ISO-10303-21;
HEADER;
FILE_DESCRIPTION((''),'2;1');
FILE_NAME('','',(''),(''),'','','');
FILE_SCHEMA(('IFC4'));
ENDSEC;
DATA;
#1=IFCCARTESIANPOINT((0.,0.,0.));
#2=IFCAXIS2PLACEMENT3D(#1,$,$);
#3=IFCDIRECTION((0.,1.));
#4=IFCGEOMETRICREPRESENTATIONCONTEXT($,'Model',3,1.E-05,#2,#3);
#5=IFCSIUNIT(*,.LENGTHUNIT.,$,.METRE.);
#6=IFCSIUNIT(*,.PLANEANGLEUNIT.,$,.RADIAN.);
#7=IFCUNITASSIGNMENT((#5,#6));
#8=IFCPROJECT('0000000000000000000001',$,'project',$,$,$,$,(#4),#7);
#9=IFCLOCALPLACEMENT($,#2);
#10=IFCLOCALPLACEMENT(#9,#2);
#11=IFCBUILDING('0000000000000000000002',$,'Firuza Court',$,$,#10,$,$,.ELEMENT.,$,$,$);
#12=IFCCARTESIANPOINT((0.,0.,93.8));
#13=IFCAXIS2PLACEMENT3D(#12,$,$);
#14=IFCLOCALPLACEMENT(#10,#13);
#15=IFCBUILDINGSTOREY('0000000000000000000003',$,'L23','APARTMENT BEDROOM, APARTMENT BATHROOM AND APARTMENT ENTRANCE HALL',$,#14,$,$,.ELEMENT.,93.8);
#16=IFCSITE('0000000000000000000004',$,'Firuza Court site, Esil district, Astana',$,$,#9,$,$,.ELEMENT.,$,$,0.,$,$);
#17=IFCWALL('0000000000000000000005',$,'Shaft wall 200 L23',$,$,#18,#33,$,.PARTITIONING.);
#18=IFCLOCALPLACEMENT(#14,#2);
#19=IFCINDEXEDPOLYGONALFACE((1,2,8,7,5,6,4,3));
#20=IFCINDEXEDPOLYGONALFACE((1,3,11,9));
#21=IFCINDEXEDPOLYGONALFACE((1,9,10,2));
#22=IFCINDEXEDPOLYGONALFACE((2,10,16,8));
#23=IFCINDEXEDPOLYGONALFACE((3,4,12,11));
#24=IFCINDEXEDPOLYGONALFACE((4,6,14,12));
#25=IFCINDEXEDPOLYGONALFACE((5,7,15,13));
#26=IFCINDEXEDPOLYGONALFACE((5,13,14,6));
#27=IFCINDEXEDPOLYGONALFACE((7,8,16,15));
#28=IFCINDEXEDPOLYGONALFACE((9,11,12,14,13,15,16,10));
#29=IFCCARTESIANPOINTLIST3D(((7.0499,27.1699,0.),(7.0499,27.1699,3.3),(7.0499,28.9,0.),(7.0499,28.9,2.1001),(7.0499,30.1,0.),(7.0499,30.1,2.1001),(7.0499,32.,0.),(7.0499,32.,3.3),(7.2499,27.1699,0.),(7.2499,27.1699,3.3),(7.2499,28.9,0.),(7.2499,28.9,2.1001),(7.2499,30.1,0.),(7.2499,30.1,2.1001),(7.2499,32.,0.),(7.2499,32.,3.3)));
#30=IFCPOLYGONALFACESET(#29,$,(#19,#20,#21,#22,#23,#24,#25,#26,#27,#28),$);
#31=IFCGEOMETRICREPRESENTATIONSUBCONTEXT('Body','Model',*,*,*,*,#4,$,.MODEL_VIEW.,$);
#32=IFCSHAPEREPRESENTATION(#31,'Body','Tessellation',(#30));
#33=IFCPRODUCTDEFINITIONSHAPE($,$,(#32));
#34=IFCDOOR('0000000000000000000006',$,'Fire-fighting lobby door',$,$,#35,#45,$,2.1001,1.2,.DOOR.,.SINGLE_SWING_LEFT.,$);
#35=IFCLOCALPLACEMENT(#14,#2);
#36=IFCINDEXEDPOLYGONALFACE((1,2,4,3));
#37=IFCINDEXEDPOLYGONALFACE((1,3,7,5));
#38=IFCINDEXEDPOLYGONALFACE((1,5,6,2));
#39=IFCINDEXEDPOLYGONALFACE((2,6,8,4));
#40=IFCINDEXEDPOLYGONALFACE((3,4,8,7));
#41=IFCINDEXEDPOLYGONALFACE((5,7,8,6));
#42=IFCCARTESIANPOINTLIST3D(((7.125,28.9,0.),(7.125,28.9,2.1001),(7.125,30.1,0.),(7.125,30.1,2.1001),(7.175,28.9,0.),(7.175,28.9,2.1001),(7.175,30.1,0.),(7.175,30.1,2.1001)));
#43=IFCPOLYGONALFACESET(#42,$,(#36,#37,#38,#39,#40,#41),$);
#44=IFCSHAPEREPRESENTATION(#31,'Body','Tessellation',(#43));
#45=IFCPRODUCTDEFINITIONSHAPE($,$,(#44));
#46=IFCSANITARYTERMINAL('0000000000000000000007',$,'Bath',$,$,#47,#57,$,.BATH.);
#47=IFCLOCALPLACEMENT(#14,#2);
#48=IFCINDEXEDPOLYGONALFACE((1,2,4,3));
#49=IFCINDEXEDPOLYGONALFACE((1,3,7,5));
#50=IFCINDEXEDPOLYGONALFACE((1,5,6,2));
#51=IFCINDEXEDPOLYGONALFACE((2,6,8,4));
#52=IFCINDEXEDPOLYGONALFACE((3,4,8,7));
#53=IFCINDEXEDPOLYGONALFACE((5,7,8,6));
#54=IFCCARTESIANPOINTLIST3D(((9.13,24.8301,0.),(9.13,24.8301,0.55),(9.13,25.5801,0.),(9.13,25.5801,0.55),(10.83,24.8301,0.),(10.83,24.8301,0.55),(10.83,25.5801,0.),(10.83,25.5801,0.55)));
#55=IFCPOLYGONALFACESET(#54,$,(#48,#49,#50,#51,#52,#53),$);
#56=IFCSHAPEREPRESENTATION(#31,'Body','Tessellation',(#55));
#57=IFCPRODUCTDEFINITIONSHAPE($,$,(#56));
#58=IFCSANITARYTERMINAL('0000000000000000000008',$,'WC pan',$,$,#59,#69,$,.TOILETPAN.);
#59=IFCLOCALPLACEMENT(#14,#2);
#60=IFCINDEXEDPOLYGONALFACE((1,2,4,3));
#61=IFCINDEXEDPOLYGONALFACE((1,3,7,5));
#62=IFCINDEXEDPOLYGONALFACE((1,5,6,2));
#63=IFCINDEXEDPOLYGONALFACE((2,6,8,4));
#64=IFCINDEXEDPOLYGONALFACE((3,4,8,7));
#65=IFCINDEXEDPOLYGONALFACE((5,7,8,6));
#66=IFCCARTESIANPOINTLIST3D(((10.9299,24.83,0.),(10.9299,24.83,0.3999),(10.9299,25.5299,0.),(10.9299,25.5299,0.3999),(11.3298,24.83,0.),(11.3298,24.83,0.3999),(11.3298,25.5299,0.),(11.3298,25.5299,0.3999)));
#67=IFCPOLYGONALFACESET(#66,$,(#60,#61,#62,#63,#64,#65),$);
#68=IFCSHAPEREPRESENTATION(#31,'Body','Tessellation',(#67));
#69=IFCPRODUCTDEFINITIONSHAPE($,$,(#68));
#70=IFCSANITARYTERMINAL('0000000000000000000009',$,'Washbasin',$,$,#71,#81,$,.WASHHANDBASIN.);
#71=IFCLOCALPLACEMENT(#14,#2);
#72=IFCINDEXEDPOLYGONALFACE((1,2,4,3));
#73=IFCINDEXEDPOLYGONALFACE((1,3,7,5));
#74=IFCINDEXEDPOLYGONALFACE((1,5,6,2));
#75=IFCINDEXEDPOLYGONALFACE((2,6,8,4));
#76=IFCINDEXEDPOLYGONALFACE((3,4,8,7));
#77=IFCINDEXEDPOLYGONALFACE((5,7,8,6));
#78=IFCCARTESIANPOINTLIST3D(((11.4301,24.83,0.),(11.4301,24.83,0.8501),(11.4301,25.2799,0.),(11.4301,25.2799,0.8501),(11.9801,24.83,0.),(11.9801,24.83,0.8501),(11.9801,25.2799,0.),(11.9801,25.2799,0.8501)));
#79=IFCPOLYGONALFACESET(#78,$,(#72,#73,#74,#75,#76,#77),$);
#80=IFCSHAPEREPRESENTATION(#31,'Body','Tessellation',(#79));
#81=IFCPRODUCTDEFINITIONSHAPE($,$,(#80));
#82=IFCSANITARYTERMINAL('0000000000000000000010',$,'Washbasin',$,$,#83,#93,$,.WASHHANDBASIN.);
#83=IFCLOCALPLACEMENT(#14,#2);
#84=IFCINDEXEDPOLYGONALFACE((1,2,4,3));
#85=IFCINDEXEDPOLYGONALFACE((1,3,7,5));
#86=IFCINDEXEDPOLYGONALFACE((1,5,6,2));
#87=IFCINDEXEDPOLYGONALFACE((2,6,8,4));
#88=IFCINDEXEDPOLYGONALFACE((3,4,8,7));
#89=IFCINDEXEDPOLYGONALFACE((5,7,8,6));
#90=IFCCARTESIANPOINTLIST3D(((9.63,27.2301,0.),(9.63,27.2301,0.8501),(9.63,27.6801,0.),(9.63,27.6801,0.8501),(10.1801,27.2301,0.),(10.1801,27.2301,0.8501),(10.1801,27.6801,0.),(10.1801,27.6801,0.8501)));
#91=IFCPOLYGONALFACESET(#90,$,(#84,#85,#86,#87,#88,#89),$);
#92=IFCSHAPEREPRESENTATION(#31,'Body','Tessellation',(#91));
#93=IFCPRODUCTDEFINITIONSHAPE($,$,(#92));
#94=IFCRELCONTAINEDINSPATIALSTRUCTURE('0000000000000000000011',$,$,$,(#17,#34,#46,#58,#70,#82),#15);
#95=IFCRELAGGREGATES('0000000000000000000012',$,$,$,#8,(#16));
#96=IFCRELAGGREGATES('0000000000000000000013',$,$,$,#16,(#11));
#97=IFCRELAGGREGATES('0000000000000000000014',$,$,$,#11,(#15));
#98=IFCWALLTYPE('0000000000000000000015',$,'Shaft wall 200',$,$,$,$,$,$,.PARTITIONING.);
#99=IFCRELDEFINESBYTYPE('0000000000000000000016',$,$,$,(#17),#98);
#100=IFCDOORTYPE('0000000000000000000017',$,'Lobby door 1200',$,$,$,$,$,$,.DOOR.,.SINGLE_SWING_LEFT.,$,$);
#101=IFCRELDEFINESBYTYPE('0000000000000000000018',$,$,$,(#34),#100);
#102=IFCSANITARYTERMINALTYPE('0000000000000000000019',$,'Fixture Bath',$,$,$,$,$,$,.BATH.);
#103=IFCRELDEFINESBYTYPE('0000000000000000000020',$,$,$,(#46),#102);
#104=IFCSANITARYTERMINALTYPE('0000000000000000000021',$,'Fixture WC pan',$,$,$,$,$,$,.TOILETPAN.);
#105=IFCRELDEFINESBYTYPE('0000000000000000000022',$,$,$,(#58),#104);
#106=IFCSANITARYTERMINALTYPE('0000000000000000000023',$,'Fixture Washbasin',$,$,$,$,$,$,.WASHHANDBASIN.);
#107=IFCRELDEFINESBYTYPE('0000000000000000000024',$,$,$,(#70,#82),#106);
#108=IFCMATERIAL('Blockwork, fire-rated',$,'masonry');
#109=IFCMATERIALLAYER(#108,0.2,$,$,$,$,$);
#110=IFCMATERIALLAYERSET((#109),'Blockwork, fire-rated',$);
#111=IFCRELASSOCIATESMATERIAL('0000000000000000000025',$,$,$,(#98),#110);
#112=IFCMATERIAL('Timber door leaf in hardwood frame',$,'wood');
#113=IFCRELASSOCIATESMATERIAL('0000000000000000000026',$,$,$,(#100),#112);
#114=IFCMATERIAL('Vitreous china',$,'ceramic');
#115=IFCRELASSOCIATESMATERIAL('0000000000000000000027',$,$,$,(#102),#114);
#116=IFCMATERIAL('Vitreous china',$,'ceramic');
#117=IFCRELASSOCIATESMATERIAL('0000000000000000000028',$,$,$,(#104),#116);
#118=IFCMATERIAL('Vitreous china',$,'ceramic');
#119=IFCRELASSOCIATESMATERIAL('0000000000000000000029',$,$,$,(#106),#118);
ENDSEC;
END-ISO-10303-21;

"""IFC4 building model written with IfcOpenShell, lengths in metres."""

from ifc_helpers import new_model, si_unit, direction, frame, frame_2d, origin, origin_2d, place, context, subcontext, project, spatial, rectangle, extrude, material, layer, layer_set, type_object, element, fill, save


model = new_model("IFC4")

# Units and contexts
model_context = context("Model", 3, precision=1e-05, world=origin(), true_north=direction((0.0, 1.0)))
body_context = subcontext(model_context, "Body", "Model", "MODEL_VIEW")
ifc_project = project(units=[si_unit("LENGTHUNIT", "METRE"), si_unit("PLANEANGLEUNIT", "RADIAN")], contexts=[model_context])

# Site, building, storey
site_placement = place(None, origin())
site = spatial("IfcSite", under=ifc_project, at=site_placement, Name="Firuza Court site, Esil district, Astana", CompositionType="ELEMENT", RefElevation=0.0)
building_placement = place(site_placement, origin())
building = spatial("IfcBuilding", under=site, at=building_placement, Name="Firuza Court", CompositionType="ELEMENT")
storey_placement = place(building_placement, frame((0.0, 0.0, 93.8)))
storey = spatial("IfcBuildingStorey", under=building, at=storey_placement, Name="L23", Description="APARTMENT BEDROOM, APARTMENT BATHROOM AND APARTMENT ENTRANCE HALL", CompositionType="ELEMENT", Elevation=93.8)

# Wall, opening, door
ifc_material_1 = material(Name="Blockwork, fire-rated", Category="masonry")
ifc_layer_1 = layer(ifc_material_1, 0.2)
ifc_layer_set_1 = layer_set([ifc_layer_1], Name="Blockwork, fire-rated")
wall_type_1 = type_object("IfcWallType", Name="Shaft wall 200", PredefinedType="PARTITIONING", material=ifc_layer_set_1)
wall_1_placement = place(storey_placement, frame((7.1499, 27.1699, 0.0), z_axis=(0.0, 0.0, 1.0), x_axis=(0.0, 1.0, 0.0)))
wall_1 = element("IfcWall", 1, at=wall_1_placement, inside=storey, type_object=wall_type_1, Name="Shaft wall 200 L23", PredefinedType="PARTITIONING", context=body_context, shape_type="SweptSolid", body=[
    extrude(rectangle(XDim=4.8301, YDim=0.2, at=frame_2d((2.415, 0.0))), origin(), (0.0, 0.0, 1.0), 3.3),
])
opening_1_placement = place(wall_1_placement, frame((1.73, 0.0, 0.0)))
opening_1 = element("IfcOpeningElement", 2, at=opening_1_placement, cuts=wall_1, PredefinedType="OPENING", context=body_context, shape_type="SweptSolid", body=[
    extrude(rectangle(XDim=1.2, YDim=2.1001, at=frame_2d((0.6001, 1.05))), frame((0.0, 0.1118, 0.0), z_axis=(0.0, -1.0, 0.0), x_axis=(1.0, 0.0, 0.0)), (0.0, 0.0, 1.0), 0.2239),
])
ifc_material_2 = material(Name="Timber door leaf in hardwood frame", Category="wood")
door_type_1 = type_object("IfcDoorType", Name="Lobby door 1200", OperationType="SINGLE_SWING_LEFT", PredefinedType="DOOR", material=ifc_material_2)
door_1_placement = place(opening_1_placement, origin())
door_1 = element("IfcDoor", 3, at=door_1_placement, inside=storey, type_object=door_type_1, Name="Fire-fighting lobby door", OperationType="SINGLE_SWING_LEFT", OverallHeight=2.1001, OverallWidth=1.2, PredefinedType="DOOR", context=body_context, shape_type="SweptSolid", body=[
    extrude(rectangle(XDim=1.2, YDim=2.1001, at=frame_2d((0.6001, 1.05))), frame((0.0, 0.0249, 0.0), z_axis=(0.0, -1.0, 0.0), x_axis=(1.0, 0.0, 0.0)), (0.0, 0.0, 1.0), 0.05),
])
fill(opening_1, door_1)

# Sanitary terminals
ifc_material_3 = material(Name="Vitreous china", Category="ceramic")
sanitary_terminal_type_1 = type_object("IfcSanitaryTerminalType", Name="Fixture Bath", PredefinedType="BATH", material=ifc_material_3)
sanitary_terminal_1_placement = place(storey_placement, frame((9.98, 25.2051, 0.0), z_axis=(0.0, 0.0, 1.0), x_axis=(1.0, 0.0, 0.0)))
element("IfcSanitaryTerminal", 4, at=sanitary_terminal_1_placement, inside=storey, type_object=sanitary_terminal_type_1, Name="Bath", PredefinedType="BATH", context=body_context, shape_type="SweptSolid", body=[
    extrude(rectangle(XDim=1.7, YDim=0.75, at=origin_2d()), origin(), (0.0, 0.0, 1.0), 0.55),
])
ifc_material_4 = material(Name="Vitreous china", Category="ceramic")
sanitary_terminal_type_2 = type_object("IfcSanitaryTerminalType", Name="Fixture WC pan", PredefinedType="TOILETPAN", material=ifc_material_4)
sanitary_terminal_2_placement = place(storey_placement, frame((11.1299, 25.1799, 0.0), z_axis=(0.0, 0.0, 1.0), x_axis=(1.0, 0.0, 0.0)))
element("IfcSanitaryTerminal", 5, at=sanitary_terminal_2_placement, inside=storey, type_object=sanitary_terminal_type_2, Name="WC pan", PredefinedType="TOILETPAN", context=body_context, shape_type="SweptSolid", body=[
    extrude(rectangle(XDim=0.3999, YDim=0.7, at=origin_2d()), origin(), (0.0, 0.0, 1.0), 0.3999),
])
ifc_material_5 = material(Name="Vitreous china", Category="ceramic")
sanitary_terminal_type_3 = type_object("IfcSanitaryTerminalType", Name="Fixture Washbasin", PredefinedType="WASHHANDBASIN", material=ifc_material_5)
for number, where, z_axis, x_axis, name in (
    (6, (11.7051, 25.0549, 0.0), (0.0, 0.0, 1.0), (1.0, 0.0, 0.0), "Washbasin"),
    (7, (9.905, 27.4551, 0.0), (0.0, 0.0, 1.0), (1.0, 0.0, 0.0), "Washbasin"),
):
    element("IfcSanitaryTerminal", number, at=place(storey_placement, frame(where, z_axis=z_axis, x_axis=x_axis)), inside=storey, type_object=sanitary_terminal_type_3, Name=name, PredefinedType="WASHHANDBASIN", context=body_context, shape_type="SweptSolid", body=[
        extrude(rectangle(XDim=0.55, YDim=0.45, at=origin_2d()), origin(), (0.0, 0.0, 1.0), 0.8501),
    ])

save(model, "model.ifc")
